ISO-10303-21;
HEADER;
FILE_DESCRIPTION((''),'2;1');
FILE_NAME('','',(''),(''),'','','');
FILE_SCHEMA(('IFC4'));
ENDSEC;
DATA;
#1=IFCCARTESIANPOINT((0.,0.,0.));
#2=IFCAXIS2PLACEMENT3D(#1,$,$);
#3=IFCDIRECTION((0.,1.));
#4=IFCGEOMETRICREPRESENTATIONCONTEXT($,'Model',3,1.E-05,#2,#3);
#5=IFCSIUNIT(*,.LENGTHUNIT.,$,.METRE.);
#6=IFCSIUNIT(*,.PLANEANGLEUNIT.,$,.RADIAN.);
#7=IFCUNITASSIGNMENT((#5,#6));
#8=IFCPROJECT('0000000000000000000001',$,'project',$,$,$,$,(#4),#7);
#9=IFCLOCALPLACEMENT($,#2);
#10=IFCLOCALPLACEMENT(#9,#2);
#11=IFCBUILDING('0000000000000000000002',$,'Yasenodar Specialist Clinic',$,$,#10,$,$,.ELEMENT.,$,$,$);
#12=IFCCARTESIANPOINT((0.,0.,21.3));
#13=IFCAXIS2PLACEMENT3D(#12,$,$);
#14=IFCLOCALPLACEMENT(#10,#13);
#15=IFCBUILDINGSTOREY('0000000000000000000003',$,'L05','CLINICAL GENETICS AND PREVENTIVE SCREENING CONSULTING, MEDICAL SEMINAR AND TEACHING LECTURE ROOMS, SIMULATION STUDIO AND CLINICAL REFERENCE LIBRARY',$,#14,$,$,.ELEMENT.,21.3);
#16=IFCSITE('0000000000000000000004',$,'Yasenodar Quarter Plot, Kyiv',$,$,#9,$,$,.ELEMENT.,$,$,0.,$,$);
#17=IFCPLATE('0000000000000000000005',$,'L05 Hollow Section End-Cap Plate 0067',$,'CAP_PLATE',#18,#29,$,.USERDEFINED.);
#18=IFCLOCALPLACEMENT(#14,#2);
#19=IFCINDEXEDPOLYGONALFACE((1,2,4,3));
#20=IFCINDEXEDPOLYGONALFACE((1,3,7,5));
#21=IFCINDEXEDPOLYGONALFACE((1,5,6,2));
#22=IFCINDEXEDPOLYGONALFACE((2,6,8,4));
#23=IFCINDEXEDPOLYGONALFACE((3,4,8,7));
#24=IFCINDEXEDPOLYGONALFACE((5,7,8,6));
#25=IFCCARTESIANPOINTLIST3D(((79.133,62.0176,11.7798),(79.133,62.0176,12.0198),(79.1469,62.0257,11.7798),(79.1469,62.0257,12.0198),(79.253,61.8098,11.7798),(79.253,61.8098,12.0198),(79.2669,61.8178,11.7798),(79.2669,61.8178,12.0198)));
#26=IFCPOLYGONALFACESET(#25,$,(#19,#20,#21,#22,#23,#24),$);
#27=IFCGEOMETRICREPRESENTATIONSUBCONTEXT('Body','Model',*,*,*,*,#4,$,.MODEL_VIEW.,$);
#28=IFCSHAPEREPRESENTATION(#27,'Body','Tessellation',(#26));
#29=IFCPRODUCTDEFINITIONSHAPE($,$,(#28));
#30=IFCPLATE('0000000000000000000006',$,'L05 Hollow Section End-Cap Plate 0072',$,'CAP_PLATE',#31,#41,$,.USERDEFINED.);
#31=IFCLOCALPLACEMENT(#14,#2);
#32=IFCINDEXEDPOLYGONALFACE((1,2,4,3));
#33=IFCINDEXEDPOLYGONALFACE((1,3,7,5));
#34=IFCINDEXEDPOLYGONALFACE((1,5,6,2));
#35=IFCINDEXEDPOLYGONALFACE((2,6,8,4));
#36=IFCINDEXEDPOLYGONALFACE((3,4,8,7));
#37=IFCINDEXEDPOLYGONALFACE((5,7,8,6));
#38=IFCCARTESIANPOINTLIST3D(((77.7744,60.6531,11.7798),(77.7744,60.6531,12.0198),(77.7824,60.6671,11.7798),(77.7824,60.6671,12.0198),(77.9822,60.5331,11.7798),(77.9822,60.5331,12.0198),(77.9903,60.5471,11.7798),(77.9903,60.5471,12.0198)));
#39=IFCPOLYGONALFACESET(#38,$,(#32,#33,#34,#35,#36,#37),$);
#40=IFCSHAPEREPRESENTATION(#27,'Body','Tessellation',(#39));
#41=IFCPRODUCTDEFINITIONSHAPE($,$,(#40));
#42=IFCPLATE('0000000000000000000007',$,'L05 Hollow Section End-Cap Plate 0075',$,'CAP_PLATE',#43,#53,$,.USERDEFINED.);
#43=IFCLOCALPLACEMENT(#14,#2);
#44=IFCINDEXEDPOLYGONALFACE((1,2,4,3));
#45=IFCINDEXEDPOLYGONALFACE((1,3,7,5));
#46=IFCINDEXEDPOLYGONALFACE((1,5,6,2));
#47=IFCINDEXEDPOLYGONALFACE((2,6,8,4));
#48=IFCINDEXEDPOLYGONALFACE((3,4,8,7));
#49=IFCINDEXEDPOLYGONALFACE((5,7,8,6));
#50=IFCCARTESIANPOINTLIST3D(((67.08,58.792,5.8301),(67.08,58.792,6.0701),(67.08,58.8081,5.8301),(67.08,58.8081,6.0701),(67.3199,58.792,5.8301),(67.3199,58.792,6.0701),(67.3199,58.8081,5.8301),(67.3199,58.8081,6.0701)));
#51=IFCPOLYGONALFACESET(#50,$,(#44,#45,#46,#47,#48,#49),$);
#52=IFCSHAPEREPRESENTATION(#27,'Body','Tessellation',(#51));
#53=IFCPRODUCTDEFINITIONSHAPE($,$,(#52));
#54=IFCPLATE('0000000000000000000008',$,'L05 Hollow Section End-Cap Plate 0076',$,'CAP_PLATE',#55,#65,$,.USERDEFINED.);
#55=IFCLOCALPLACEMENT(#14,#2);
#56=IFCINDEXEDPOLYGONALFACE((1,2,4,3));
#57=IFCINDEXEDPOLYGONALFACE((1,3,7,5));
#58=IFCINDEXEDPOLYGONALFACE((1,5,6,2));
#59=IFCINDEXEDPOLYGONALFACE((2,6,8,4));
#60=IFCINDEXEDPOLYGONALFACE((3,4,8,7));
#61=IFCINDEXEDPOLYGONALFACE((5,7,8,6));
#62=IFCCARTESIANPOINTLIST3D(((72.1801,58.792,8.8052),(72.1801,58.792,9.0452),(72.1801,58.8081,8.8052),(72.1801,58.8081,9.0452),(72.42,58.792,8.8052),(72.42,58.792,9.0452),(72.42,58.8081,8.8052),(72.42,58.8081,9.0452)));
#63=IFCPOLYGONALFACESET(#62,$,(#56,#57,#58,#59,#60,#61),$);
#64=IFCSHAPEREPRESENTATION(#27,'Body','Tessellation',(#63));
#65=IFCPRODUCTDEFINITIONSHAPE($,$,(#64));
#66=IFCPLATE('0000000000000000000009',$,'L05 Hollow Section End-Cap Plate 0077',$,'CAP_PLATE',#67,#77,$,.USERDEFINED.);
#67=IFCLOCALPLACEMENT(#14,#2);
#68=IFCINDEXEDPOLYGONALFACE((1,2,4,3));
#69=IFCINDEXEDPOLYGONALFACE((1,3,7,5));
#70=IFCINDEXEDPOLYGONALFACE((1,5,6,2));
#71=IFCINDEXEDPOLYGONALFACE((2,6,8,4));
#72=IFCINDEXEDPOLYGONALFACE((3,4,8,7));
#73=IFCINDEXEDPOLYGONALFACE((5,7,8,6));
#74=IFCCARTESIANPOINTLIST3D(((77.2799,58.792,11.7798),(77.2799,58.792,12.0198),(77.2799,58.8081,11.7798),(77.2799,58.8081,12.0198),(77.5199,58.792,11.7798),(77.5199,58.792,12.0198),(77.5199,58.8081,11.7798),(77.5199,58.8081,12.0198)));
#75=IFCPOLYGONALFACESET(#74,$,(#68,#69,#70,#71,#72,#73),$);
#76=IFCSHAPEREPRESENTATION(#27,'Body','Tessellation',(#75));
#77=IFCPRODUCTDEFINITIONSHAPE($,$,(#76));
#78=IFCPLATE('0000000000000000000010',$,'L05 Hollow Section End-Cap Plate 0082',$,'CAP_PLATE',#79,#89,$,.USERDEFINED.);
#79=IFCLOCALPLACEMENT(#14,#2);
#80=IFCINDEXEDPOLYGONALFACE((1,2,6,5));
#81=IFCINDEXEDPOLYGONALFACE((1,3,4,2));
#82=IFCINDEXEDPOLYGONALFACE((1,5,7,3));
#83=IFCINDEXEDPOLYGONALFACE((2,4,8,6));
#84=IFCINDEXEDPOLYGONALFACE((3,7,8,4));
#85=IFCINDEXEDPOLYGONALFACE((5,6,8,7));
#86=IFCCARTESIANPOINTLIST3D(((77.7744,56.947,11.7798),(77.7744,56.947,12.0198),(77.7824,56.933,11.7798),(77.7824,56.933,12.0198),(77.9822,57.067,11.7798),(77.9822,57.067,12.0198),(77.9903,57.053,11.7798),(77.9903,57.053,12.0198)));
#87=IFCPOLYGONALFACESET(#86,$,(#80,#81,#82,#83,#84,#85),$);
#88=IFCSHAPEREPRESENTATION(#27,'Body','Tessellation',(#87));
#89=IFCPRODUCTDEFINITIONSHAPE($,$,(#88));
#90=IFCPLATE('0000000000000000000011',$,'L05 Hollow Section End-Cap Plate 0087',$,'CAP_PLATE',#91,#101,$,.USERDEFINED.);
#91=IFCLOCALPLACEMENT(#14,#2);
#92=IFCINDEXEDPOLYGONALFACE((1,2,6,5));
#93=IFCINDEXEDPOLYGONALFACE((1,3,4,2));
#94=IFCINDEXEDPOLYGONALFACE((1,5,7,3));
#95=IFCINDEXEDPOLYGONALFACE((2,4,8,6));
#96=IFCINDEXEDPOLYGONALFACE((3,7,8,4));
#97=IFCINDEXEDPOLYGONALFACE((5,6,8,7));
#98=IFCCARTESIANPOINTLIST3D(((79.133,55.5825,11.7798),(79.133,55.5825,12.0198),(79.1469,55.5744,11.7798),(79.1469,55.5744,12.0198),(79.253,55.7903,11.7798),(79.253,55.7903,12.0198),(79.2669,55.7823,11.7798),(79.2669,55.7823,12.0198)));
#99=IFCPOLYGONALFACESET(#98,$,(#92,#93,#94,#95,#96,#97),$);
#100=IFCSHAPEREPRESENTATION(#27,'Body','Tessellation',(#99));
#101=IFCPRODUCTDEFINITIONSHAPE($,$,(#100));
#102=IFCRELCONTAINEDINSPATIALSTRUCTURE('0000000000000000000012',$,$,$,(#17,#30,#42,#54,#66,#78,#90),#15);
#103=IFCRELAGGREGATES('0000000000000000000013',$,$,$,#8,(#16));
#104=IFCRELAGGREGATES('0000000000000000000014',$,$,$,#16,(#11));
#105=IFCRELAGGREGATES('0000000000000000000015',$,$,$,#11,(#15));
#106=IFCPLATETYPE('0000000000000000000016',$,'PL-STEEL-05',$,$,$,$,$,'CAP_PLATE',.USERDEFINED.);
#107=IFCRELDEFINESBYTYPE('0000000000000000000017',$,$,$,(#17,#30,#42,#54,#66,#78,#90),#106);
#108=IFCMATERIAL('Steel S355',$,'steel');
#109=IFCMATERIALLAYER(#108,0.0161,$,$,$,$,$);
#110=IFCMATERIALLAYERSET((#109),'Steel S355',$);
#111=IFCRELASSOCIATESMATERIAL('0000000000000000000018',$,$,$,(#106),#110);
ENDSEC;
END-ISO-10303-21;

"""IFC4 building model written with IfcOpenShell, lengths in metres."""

from ifc_helpers import new_model, si_unit, direction, frame, origin, origin_2d, place, context, subcontext, project, spatial, rectangle, extrude, material, layer, layer_set, type_object, element, save


model = new_model("IFC4")

# Units and contexts
model_context = context("Model", 3, precision=1e-05, world=origin(), true_north=direction((0.0, 1.0)))
body_context = subcontext(model_context, "Body", "Model", "MODEL_VIEW")
ifc_project = project(units=[si_unit("LENGTHUNIT", "METRE"), si_unit("PLANEANGLEUNIT", "RADIAN")], contexts=[model_context])

# Site, building, storey
site_placement = place(None, origin())
site = spatial("IfcSite", under=ifc_project, at=site_placement, Name="Yasenodar Quarter Plot, Kyiv", CompositionType="ELEMENT", RefElevation=0.0)
building_placement = place(site_placement, origin())
building = spatial("IfcBuilding", under=site, at=building_placement, Name="Yasenodar Specialist Clinic", CompositionType="ELEMENT")
storey_placement = place(building_placement, frame((0.0, 0.0, 21.3)))
storey = spatial("IfcBuildingStorey", under=building, at=storey_placement, Name="L05", Description="CLINICAL GENETICS AND PREVENTIVE SCREENING CONSULTING, MEDICAL SEMINAR AND TEACHING LECTURE ROOMS, SIMULATION STUDIO AND CLINICAL REFERENCE LIBRARY", CompositionType="ELEMENT", Elevation=21.3)

# Shared definitions
ifc_material = material(Name="Steel S355", Category="steel")

# Plates
ifc_layer = layer(ifc_material, 0.0161)
ifc_layer_set = layer_set([ifc_layer], Name="Steel S355")
plate_type = type_object("IfcPlateType", Name="PL-STEEL-05", ElementType="CAP_PLATE", PredefinedType="USERDEFINED", material=ifc_layer_set)
for number, where, z_axis, x_axis, name in (
    (1, (79.2, 61.9177, 11.7798), (0.0, 0.0, 1.0), (-0.5, 0.866025, 0.0), "L05 Hollow Section End-Cap Plate 0067"),
    (2, (77.8823, 60.6001, 11.7798), (0.0, 0.0, 1.0), (-0.866025, 0.5, 0.0), "L05 Hollow Section End-Cap Plate 0072"),
    (3, (67.2, 58.8, 5.8301), (0.0, 0.0, 1.0), (-1.0, 0.0, 0.0), "L05 Hollow Section End-Cap Plate 0075"),
    (4, (72.3, 58.8, 8.8052), (0.0, 0.0, 1.0), (-1.0, 0.0, 0.0), "L05 Hollow Section End-Cap Plate 0076"),
    (5, (77.3999, 58.8, 11.7798), (0.0, 0.0, 1.0), (-1.0, 0.0, 0.0), "L05 Hollow Section End-Cap Plate 0077"),
    (6, (77.8823, 57.0, 11.7798), (0.0, 0.0, 1.0), (-0.866025, -0.5, 0.0), "L05 Hollow Section End-Cap Plate 0082"),
    (7, (79.2, 55.6824, 11.7798), (0.0, 0.0, 1.0), (-0.5, -0.866025, 0.0), "L05 Hollow Section End-Cap Plate 0087"),
):
    element("IfcPlate", number, at=place(storey_placement, frame(where, z_axis=z_axis, x_axis=x_axis)), inside=storey, type_object=plate_type, Name=name, ObjectType="CAP_PLATE", PredefinedType="USERDEFINED", context=body_context, shape_type="SweptSolid", body=[
        extrude(rectangle(XDim=0.24, YDim=0.0161, at=origin_2d()), origin(), (0.0, 0.0, 1.0), 0.24),
    ])

save(model, "model.ifc")
